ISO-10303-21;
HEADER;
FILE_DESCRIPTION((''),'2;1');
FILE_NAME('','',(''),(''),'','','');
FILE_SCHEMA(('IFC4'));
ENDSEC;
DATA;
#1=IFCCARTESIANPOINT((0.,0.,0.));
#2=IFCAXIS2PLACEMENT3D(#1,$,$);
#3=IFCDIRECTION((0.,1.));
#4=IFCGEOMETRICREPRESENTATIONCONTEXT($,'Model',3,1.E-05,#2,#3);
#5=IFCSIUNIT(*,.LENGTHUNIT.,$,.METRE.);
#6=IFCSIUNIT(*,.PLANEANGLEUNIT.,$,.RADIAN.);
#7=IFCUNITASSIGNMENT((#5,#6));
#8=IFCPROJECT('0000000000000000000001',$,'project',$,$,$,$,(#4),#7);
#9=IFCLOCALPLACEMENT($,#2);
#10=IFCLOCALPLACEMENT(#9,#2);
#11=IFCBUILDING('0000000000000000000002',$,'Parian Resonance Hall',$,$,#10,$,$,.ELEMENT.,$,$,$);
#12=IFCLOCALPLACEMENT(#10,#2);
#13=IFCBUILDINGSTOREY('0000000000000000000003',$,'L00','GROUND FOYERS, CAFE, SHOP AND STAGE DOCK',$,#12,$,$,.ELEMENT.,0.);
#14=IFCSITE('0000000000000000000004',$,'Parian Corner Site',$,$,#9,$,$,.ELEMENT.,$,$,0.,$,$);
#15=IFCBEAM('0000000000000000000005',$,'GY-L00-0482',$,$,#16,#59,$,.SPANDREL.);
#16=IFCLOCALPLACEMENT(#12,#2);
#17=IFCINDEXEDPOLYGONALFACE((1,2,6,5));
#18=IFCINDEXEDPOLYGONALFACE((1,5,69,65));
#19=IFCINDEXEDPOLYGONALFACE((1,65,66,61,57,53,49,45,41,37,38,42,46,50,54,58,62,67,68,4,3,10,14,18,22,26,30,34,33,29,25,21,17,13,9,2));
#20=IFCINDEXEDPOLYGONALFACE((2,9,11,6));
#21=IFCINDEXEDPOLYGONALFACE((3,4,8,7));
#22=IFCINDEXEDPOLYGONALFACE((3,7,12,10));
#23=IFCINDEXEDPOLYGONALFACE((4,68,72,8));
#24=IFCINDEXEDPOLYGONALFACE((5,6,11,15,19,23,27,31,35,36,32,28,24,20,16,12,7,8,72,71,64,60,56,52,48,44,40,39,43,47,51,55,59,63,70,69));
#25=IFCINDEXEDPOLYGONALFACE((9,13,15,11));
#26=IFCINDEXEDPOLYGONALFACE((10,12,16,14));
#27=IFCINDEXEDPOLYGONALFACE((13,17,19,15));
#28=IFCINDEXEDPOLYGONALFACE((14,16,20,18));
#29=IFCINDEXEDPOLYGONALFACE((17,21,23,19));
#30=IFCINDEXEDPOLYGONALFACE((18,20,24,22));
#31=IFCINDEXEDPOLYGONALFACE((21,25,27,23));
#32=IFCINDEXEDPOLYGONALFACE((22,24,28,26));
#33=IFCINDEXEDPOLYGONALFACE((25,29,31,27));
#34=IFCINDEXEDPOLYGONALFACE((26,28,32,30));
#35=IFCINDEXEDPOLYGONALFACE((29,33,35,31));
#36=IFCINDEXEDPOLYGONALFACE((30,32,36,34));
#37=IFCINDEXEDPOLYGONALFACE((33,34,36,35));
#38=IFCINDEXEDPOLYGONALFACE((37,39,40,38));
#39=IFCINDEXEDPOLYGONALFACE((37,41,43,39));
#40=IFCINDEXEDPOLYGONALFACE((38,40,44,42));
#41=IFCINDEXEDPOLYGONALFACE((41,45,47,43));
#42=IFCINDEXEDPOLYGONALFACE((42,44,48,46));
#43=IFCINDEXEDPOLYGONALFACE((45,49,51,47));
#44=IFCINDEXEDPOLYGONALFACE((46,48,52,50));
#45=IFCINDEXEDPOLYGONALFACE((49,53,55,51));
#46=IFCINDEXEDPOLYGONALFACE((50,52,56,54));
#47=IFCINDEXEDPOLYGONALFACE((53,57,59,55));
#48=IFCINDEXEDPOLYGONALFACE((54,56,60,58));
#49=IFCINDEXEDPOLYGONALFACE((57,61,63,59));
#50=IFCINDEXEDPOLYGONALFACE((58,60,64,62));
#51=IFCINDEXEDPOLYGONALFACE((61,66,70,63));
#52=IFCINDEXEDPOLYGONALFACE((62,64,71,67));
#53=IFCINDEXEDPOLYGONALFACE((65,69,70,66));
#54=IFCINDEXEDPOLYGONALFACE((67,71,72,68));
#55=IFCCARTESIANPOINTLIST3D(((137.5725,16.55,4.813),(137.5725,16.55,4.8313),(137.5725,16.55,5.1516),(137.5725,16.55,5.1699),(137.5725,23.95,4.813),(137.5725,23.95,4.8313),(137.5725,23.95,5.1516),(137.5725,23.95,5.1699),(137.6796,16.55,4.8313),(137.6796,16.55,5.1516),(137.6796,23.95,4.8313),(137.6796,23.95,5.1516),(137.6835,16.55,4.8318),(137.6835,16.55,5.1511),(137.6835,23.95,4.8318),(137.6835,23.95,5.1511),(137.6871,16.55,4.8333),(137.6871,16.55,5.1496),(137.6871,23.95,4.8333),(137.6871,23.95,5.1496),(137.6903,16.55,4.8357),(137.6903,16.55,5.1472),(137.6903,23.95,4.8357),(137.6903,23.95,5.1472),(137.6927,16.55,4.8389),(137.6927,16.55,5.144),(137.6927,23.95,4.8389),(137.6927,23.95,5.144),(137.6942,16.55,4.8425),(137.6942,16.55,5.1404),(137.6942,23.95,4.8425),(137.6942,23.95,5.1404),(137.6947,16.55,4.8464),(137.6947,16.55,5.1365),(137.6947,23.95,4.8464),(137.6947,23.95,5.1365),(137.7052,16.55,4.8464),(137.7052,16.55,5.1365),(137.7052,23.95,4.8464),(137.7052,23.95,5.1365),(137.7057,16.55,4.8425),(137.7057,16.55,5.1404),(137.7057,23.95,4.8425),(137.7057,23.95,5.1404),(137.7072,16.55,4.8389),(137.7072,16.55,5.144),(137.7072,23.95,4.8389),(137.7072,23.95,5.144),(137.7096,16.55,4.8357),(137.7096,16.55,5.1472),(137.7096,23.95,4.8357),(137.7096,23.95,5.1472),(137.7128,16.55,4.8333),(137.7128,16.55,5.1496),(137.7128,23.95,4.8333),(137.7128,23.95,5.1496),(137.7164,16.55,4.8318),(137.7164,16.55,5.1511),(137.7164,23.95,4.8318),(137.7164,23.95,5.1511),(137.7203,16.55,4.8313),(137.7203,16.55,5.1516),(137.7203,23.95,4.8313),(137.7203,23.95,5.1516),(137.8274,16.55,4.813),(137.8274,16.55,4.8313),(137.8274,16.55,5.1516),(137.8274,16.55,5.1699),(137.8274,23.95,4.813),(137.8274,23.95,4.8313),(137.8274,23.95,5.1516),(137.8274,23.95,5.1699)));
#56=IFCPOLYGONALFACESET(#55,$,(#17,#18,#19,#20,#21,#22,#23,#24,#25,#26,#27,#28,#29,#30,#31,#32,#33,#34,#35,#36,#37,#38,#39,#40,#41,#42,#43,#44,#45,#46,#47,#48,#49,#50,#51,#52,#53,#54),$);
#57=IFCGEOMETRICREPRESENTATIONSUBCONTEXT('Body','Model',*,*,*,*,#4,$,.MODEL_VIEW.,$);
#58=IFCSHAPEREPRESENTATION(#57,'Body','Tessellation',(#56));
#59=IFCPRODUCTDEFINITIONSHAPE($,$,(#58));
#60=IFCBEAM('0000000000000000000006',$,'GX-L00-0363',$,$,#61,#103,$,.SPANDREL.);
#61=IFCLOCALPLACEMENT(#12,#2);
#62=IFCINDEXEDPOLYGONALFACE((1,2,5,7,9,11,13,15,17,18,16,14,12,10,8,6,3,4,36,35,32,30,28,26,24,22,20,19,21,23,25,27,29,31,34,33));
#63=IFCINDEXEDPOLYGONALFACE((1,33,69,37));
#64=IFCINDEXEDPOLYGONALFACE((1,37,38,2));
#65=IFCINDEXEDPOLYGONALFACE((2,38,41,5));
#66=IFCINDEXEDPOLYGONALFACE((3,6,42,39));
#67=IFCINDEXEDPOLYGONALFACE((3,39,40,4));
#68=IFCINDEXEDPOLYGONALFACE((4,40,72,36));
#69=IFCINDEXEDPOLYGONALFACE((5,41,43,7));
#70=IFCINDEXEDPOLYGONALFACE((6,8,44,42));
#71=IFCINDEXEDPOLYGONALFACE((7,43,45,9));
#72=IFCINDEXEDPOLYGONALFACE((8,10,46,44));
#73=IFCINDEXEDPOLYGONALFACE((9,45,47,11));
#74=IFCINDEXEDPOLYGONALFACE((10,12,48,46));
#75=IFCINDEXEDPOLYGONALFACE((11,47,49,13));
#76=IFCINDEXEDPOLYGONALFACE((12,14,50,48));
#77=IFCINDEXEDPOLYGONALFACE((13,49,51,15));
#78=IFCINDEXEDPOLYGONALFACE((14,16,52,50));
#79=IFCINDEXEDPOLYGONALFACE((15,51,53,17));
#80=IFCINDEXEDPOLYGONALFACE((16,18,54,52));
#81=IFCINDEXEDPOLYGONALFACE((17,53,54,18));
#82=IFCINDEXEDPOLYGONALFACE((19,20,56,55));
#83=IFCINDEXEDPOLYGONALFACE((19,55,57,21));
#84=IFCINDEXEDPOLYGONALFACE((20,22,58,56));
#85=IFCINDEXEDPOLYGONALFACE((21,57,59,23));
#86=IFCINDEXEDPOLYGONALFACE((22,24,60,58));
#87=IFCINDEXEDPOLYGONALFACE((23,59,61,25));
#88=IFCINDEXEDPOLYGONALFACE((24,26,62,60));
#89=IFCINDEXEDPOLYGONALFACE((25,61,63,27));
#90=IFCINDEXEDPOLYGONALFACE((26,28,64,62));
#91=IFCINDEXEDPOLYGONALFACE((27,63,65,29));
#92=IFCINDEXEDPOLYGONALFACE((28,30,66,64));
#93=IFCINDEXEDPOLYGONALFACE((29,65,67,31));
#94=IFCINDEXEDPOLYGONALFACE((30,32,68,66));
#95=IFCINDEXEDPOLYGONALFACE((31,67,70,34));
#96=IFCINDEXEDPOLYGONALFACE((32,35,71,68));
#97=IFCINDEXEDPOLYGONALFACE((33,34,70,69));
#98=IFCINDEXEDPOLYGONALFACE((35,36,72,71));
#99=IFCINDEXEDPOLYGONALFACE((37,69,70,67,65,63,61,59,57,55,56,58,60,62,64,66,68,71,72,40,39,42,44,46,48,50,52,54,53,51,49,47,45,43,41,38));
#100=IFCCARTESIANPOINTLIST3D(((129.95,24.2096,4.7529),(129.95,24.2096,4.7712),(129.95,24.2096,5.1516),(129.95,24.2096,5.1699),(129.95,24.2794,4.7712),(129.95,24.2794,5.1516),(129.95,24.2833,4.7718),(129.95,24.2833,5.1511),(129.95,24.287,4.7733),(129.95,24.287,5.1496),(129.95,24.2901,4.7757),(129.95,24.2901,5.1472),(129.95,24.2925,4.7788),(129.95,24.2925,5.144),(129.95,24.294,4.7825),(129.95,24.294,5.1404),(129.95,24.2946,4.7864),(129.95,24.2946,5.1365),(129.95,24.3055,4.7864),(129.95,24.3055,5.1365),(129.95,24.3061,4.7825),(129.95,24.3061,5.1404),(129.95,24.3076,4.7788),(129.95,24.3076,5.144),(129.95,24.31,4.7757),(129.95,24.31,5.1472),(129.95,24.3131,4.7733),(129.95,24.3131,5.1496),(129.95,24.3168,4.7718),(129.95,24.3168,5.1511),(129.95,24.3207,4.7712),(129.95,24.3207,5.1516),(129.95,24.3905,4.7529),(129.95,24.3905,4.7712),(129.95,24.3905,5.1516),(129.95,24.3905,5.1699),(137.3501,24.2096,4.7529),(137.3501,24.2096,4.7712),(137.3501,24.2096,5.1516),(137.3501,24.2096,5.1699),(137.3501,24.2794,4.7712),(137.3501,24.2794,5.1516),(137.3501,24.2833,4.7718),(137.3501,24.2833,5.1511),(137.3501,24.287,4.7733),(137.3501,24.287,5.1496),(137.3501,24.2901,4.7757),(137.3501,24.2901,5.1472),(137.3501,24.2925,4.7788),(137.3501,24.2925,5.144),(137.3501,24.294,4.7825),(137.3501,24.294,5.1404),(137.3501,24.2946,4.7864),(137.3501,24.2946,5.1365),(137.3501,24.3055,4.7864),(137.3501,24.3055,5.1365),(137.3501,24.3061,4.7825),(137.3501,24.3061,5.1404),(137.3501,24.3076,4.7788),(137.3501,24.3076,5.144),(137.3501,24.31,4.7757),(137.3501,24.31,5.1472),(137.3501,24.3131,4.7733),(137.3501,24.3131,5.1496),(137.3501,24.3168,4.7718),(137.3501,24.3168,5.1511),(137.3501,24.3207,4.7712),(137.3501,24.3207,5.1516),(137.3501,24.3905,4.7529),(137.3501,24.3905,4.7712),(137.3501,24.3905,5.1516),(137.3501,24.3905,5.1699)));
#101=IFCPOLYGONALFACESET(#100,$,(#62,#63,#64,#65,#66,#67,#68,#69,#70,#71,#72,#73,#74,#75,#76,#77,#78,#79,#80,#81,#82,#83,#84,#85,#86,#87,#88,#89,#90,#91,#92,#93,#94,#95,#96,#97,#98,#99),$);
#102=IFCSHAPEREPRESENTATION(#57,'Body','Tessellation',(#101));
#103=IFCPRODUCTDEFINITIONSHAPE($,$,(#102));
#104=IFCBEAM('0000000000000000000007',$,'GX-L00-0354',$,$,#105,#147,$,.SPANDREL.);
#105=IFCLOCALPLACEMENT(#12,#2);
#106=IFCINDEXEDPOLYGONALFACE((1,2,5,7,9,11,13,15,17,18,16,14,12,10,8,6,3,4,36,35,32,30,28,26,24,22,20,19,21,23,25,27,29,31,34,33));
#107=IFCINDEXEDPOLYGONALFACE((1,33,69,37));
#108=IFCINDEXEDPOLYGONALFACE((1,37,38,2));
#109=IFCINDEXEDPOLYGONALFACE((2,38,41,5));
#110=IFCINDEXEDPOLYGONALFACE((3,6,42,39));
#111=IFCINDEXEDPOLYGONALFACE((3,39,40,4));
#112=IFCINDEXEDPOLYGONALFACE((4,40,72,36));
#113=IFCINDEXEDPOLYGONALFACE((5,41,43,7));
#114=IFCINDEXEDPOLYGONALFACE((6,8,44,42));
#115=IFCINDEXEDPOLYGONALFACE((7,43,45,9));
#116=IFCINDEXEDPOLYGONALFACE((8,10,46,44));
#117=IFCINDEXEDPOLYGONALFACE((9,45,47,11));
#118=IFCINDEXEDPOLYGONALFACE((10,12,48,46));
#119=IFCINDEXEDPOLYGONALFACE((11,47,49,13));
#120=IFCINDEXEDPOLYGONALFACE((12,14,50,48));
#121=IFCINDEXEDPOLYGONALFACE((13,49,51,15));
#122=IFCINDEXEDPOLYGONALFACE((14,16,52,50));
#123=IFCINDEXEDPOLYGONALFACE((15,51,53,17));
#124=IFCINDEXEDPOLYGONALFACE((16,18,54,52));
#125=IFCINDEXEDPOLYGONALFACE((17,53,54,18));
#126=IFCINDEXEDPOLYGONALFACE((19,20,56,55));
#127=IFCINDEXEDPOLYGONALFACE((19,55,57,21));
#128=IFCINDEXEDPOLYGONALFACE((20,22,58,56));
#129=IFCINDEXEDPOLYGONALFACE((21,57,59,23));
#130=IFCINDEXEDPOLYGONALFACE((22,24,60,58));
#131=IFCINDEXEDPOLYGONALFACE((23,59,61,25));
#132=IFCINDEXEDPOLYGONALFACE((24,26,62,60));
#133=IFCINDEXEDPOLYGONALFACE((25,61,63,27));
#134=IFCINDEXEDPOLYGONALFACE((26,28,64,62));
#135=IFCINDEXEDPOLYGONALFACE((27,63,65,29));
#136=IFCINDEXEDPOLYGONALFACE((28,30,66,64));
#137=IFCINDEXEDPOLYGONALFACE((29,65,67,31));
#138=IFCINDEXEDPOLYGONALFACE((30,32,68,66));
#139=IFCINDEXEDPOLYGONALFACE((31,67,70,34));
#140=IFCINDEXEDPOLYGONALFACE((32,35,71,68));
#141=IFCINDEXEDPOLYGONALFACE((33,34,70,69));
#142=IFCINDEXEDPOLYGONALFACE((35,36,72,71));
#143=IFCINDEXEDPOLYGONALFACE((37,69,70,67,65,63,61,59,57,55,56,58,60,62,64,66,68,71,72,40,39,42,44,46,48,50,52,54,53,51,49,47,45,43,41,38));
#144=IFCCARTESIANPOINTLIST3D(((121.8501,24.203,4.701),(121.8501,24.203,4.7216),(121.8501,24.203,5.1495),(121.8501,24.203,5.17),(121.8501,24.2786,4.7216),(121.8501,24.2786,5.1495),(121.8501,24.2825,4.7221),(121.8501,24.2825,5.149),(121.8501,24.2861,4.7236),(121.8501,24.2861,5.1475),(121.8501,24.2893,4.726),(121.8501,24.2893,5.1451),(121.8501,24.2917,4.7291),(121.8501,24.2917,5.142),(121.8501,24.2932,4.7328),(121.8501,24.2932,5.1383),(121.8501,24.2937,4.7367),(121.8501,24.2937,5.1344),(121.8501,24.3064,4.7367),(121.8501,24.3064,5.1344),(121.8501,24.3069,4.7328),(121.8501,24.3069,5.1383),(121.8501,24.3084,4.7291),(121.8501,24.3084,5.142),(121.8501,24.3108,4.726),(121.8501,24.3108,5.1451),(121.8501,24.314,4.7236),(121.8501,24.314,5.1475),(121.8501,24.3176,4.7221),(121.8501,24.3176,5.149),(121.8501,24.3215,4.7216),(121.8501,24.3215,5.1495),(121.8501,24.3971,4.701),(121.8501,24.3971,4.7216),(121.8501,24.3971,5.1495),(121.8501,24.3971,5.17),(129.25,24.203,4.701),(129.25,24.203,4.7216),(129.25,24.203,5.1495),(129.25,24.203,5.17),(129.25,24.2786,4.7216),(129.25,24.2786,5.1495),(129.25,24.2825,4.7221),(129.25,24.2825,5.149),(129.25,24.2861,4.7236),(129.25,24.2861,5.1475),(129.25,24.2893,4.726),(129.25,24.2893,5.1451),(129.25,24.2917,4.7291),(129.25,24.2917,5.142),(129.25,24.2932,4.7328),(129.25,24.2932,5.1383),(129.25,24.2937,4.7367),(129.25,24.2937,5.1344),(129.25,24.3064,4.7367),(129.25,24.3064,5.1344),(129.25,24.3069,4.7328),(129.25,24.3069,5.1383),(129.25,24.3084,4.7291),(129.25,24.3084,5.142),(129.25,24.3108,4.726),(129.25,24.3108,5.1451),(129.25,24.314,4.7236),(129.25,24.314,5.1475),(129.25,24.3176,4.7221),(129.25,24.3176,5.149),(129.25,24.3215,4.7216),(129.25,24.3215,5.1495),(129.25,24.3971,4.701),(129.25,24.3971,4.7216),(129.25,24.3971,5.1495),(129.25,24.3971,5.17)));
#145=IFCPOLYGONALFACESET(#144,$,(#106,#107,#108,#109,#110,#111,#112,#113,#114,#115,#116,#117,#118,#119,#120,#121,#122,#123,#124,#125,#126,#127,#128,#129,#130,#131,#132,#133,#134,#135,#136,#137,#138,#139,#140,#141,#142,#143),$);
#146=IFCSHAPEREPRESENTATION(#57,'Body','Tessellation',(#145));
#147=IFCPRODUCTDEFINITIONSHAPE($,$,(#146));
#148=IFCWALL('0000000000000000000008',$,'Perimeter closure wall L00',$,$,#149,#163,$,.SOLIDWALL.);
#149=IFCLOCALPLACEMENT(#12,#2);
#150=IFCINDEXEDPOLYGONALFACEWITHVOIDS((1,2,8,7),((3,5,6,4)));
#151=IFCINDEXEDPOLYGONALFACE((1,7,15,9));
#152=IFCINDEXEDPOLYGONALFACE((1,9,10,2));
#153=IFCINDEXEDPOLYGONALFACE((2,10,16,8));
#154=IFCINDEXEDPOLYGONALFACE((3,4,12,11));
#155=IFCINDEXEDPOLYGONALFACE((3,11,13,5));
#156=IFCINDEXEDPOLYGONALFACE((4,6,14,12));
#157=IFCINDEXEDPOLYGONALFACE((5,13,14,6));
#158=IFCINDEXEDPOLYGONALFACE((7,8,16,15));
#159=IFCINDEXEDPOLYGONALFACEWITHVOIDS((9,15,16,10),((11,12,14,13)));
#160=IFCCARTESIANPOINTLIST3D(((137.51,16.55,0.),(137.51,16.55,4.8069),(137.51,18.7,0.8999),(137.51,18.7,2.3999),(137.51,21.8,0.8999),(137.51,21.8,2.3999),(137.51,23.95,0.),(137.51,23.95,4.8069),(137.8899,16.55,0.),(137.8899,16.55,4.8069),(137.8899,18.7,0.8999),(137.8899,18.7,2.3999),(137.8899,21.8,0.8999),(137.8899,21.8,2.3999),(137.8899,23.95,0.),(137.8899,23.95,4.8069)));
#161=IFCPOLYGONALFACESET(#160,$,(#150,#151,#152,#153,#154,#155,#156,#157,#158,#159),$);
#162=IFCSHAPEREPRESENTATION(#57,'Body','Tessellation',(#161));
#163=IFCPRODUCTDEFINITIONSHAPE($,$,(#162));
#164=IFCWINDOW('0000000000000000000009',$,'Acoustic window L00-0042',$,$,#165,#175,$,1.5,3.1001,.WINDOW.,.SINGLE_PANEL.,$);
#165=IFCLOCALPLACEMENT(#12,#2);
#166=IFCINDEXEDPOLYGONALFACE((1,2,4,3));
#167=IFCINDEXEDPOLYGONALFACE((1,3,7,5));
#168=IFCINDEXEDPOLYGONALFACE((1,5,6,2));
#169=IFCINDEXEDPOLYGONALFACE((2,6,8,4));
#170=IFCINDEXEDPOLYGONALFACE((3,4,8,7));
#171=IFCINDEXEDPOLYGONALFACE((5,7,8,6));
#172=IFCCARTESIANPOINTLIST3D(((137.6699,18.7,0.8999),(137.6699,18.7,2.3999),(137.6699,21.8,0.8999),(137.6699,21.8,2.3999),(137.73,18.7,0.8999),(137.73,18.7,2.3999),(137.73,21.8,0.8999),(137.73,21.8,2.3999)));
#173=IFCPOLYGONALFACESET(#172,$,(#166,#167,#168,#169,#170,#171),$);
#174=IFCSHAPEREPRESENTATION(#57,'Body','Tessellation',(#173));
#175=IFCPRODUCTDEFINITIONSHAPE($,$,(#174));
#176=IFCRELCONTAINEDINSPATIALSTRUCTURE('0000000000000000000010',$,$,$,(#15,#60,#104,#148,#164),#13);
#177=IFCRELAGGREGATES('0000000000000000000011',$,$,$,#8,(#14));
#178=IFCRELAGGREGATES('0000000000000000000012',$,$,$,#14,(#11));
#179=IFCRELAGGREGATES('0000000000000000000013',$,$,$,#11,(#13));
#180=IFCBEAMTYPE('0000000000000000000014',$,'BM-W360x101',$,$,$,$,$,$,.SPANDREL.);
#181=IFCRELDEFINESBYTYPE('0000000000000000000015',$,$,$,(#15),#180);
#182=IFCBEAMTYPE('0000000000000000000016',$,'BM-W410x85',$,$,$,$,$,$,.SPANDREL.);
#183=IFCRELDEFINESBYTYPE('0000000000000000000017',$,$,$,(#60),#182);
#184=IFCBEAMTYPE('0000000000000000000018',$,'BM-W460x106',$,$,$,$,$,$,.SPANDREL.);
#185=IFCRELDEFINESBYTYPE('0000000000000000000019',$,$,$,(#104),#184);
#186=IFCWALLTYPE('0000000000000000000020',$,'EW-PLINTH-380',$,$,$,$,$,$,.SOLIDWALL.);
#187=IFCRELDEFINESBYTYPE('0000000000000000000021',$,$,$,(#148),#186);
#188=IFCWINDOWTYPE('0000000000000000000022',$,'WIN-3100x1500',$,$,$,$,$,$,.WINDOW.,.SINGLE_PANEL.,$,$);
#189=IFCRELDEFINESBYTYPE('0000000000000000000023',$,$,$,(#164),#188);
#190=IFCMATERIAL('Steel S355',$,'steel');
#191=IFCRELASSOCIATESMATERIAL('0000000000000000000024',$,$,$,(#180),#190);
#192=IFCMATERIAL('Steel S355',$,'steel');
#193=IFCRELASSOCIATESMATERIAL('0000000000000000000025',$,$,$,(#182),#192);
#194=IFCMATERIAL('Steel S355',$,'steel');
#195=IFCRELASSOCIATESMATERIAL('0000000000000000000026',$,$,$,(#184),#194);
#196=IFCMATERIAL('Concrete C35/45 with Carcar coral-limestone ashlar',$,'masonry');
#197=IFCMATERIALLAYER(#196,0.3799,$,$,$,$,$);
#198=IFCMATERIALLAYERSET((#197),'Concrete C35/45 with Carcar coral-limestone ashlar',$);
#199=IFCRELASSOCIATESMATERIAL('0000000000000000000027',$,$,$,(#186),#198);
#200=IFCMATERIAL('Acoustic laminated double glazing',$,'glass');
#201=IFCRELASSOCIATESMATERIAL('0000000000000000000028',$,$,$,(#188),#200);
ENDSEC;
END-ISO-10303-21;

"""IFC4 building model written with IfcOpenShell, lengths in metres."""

from ifc_helpers import new_model, si_unit, direction, frame, frame_2d, origin, origin_2d, place, context, subcontext, project, spatial, rectangle, i_section, extrude, material, layer, layer_set, material_profile, profile_set, type_object, element, fill, save


model = new_model("IFC4")

# Units and contexts
model_context = context("Model", 3, precision=1e-05, world=origin(), true_north=direction((0.0, 1.0)))
body_context = subcontext(model_context, "Body", "Model", "MODEL_VIEW")
ifc_project = project(units=[si_unit("LENGTHUNIT", "METRE"), si_unit("PLANEANGLEUNIT", "RADIAN")], contexts=[model_context])

# Site, building, storey
site_placement = place(None, origin())
site = spatial("IfcSite", under=ifc_project, at=site_placement, Name="Parian Corner Site", CompositionType="ELEMENT", RefElevation=0.0)
building_placement = place(site_placement, origin())
building = spatial("IfcBuilding", under=site, at=building_placement, Name="Parian Resonance Hall", CompositionType="ELEMENT")
storey_placement = place(building_placement, origin())
storey = spatial("IfcBuildingStorey", under=building, at=storey_placement, Name="L00", Description="GROUND FOYERS, CAFE, SHOP AND STAGE DOCK", CompositionType="ELEMENT", Elevation=0.0)

# Beams
ifc_material_1 = material(Name="Steel S355", Category="steel")
ifc_material_profile_1 = material_profile(ifc_material_1, i_section(OverallWidth=0.2549, OverallDepth=0.3569, WebThickness=0.0105, FlangeThickness=0.0183, FilletRadius=0.0151, at=origin_2d()), Name="W360x101")
ifc_profile_set_1 = profile_set([ifc_material_profile_1], Name="Steel S355")
beam_type_1 = type_object("IfcBeamType", Name="BM-W360x101", PredefinedType="SPANDREL", material=ifc_profile_set_1)
beam_1_placement = place(storey_placement, frame((137.7, 16.55, 4.9915), z_axis=(0.0, 1.0, 0.0), x_axis=(-1.0, 0.0, 0.0)))
element("IfcBeam", 1, at=beam_1_placement, inside=storey, type_object=beam_type_1, Name="GY-L00-0482", PredefinedType="SPANDREL", context=body_context, shape_type="SweptSolid", body=[
    extrude(i_section(OverallWidth=0.2549, OverallDepth=0.3569, WebThickness=0.0105, FlangeThickness=0.0183, FilletRadius=0.0151, at=origin_2d()), origin(), (0.0, 0.0, 1.0), 7.3999),
])
ifc_material_2 = material(Name="Steel S355", Category="steel")
ifc_material_profile_2 = material_profile(ifc_material_2, i_section(OverallWidth=0.1809, OverallDepth=0.417, WebThickness=0.011, FlangeThickness=0.0183, FilletRadius=0.0151, at=origin_2d()), Name="W410x85")
ifc_profile_set_2 = profile_set([ifc_material_profile_2], Name="Steel S355")
beam_type_2 = type_object("IfcBeamType", Name="BM-W410x85", PredefinedType="SPANDREL", material=ifc_profile_set_2)
beam_2_placement = place(storey_placement, frame((129.95, 24.3, 4.9614), z_axis=(1.0, 0.0, 0.0), x_axis=(0.0, 1.0, 0.0)))
element("IfcBeam", 2, at=beam_2_placement, inside=storey, type_object=beam_type_2, Name="GX-L00-0363", PredefinedType="SPANDREL", context=body_context, shape_type="SweptSolid", body=[
    extrude(i_section(OverallWidth=0.1809, OverallDepth=0.417, WebThickness=0.011, FlangeThickness=0.0183, FilletRadius=0.0151, at=origin_2d()), origin(), (0.0, 0.0, 1.0), 7.4001),
])
ifc_material_3 = material(Name="Steel S355", Category="steel")
ifc_material_profile_3 = material_profile(ifc_material_3, i_section(OverallWidth=0.1941, OverallDepth=0.469, WebThickness=0.0127, FlangeThickness=0.0205, FilletRadius=0.0151, at=origin_2d()), Name="W460x106")
ifc_profile_set_3 = profile_set([ifc_material_profile_3], Name="Steel S355")
beam_type_3 = type_object("IfcBeamType", Name="BM-W460x106", PredefinedType="SPANDREL", material=ifc_profile_set_3)
beam_3_placement = place(storey_placement, frame((121.8501, 24.3, 4.9355), z_axis=(1.0, 0.0, 0.0), x_axis=(0.0, 1.0, 0.0)))
element("IfcBeam", 3, at=beam_3_placement, inside=storey, type_object=beam_type_3, Name="GX-L00-0354", PredefinedType="SPANDREL", context=body_context, shape_type="SweptSolid", body=[
    extrude(i_section(OverallWidth=0.1941, OverallDepth=0.469, WebThickness=0.0127, FlangeThickness=0.0205, FilletRadius=0.0151, at=origin_2d()), origin(), (0.0, 0.0, 1.0), 7.3999),
])

# Wall, opening, window
ifc_material_4 = material(Name="Concrete C35/45 with Carcar coral-limestone ashlar", Category="masonry")
ifc_layer_1 = layer(ifc_material_4, 0.3799)
ifc_layer_set_1 = layer_set([ifc_layer_1], Name="Concrete C35/45 with Carcar coral-limestone ashlar")
wall_type_1 = type_object("IfcWallType", Name="EW-PLINTH-380", PredefinedType="SOLIDWALL", material=ifc_layer_set_1)
wall_1_placement = place(storey_placement, frame((137.7, 23.95, 0.0), z_axis=(0.0, 0.0, 1.0), x_axis=(0.0, -1.0, 0.0)))
wall_1 = element("IfcWall", 4, at=wall_1_placement, inside=storey, type_object=wall_type_1, Name="Perimeter closure wall L00", PredefinedType="SOLIDWALL", context=body_context, shape_type="SweptSolid", body=[
    extrude(rectangle(XDim=7.3999, YDim=0.3799, at=frame_2d((3.7, 0.0))), origin(), (0.0, 0.0, 1.0), 4.8069),
])
opening_1_placement = place(wall_1_placement, frame((2.1499, 0.0, 0.8999)))
opening_1 = element("IfcOpeningElement", 5, at=opening_1_placement, cuts=wall_1, PredefinedType="OPENING", context=body_context, shape_type="SweptSolid", body=[
    extrude(rectangle(XDim=3.1001, YDim=1.5, at=frame_2d((1.55, 0.75))), frame((0.0, 0.2, 0.0), z_axis=(0.0, -1.0, 0.0), x_axis=(1.0, 0.0, 0.0)), (0.0, 0.0, 1.0), 0.3999),
])
ifc_material_5 = material(Name="Acoustic laminated double glazing", Category="glass")
window_type_1 = type_object("IfcWindowType", Name="WIN-3100x1500", PartitioningType="SINGLE_PANEL", PredefinedType="WINDOW", material=ifc_material_5)
window_1_placement = place(opening_1_placement, origin())
window_1 = element("IfcWindow", 6, at=window_1_placement, inside=storey, type_object=window_type_1, Name="Acoustic window L00-0042", OverallHeight=1.5, OverallWidth=3.1001, PartitioningType="SINGLE_PANEL", PredefinedType="WINDOW", context=body_context, shape_type="SweptSolid", body=[
    extrude(rectangle(XDim=3.1001, YDim=1.5, at=frame_2d((1.55, 0.75))), frame((0.0, 0.03, 0.0), z_axis=(0.0, -1.0, 0.0), x_axis=(1.0, 0.0, 0.0)), (0.0, 0.0, 1.0), 0.0601),
])
fill(opening_1, window_1)

save(model, "model.ifc")
